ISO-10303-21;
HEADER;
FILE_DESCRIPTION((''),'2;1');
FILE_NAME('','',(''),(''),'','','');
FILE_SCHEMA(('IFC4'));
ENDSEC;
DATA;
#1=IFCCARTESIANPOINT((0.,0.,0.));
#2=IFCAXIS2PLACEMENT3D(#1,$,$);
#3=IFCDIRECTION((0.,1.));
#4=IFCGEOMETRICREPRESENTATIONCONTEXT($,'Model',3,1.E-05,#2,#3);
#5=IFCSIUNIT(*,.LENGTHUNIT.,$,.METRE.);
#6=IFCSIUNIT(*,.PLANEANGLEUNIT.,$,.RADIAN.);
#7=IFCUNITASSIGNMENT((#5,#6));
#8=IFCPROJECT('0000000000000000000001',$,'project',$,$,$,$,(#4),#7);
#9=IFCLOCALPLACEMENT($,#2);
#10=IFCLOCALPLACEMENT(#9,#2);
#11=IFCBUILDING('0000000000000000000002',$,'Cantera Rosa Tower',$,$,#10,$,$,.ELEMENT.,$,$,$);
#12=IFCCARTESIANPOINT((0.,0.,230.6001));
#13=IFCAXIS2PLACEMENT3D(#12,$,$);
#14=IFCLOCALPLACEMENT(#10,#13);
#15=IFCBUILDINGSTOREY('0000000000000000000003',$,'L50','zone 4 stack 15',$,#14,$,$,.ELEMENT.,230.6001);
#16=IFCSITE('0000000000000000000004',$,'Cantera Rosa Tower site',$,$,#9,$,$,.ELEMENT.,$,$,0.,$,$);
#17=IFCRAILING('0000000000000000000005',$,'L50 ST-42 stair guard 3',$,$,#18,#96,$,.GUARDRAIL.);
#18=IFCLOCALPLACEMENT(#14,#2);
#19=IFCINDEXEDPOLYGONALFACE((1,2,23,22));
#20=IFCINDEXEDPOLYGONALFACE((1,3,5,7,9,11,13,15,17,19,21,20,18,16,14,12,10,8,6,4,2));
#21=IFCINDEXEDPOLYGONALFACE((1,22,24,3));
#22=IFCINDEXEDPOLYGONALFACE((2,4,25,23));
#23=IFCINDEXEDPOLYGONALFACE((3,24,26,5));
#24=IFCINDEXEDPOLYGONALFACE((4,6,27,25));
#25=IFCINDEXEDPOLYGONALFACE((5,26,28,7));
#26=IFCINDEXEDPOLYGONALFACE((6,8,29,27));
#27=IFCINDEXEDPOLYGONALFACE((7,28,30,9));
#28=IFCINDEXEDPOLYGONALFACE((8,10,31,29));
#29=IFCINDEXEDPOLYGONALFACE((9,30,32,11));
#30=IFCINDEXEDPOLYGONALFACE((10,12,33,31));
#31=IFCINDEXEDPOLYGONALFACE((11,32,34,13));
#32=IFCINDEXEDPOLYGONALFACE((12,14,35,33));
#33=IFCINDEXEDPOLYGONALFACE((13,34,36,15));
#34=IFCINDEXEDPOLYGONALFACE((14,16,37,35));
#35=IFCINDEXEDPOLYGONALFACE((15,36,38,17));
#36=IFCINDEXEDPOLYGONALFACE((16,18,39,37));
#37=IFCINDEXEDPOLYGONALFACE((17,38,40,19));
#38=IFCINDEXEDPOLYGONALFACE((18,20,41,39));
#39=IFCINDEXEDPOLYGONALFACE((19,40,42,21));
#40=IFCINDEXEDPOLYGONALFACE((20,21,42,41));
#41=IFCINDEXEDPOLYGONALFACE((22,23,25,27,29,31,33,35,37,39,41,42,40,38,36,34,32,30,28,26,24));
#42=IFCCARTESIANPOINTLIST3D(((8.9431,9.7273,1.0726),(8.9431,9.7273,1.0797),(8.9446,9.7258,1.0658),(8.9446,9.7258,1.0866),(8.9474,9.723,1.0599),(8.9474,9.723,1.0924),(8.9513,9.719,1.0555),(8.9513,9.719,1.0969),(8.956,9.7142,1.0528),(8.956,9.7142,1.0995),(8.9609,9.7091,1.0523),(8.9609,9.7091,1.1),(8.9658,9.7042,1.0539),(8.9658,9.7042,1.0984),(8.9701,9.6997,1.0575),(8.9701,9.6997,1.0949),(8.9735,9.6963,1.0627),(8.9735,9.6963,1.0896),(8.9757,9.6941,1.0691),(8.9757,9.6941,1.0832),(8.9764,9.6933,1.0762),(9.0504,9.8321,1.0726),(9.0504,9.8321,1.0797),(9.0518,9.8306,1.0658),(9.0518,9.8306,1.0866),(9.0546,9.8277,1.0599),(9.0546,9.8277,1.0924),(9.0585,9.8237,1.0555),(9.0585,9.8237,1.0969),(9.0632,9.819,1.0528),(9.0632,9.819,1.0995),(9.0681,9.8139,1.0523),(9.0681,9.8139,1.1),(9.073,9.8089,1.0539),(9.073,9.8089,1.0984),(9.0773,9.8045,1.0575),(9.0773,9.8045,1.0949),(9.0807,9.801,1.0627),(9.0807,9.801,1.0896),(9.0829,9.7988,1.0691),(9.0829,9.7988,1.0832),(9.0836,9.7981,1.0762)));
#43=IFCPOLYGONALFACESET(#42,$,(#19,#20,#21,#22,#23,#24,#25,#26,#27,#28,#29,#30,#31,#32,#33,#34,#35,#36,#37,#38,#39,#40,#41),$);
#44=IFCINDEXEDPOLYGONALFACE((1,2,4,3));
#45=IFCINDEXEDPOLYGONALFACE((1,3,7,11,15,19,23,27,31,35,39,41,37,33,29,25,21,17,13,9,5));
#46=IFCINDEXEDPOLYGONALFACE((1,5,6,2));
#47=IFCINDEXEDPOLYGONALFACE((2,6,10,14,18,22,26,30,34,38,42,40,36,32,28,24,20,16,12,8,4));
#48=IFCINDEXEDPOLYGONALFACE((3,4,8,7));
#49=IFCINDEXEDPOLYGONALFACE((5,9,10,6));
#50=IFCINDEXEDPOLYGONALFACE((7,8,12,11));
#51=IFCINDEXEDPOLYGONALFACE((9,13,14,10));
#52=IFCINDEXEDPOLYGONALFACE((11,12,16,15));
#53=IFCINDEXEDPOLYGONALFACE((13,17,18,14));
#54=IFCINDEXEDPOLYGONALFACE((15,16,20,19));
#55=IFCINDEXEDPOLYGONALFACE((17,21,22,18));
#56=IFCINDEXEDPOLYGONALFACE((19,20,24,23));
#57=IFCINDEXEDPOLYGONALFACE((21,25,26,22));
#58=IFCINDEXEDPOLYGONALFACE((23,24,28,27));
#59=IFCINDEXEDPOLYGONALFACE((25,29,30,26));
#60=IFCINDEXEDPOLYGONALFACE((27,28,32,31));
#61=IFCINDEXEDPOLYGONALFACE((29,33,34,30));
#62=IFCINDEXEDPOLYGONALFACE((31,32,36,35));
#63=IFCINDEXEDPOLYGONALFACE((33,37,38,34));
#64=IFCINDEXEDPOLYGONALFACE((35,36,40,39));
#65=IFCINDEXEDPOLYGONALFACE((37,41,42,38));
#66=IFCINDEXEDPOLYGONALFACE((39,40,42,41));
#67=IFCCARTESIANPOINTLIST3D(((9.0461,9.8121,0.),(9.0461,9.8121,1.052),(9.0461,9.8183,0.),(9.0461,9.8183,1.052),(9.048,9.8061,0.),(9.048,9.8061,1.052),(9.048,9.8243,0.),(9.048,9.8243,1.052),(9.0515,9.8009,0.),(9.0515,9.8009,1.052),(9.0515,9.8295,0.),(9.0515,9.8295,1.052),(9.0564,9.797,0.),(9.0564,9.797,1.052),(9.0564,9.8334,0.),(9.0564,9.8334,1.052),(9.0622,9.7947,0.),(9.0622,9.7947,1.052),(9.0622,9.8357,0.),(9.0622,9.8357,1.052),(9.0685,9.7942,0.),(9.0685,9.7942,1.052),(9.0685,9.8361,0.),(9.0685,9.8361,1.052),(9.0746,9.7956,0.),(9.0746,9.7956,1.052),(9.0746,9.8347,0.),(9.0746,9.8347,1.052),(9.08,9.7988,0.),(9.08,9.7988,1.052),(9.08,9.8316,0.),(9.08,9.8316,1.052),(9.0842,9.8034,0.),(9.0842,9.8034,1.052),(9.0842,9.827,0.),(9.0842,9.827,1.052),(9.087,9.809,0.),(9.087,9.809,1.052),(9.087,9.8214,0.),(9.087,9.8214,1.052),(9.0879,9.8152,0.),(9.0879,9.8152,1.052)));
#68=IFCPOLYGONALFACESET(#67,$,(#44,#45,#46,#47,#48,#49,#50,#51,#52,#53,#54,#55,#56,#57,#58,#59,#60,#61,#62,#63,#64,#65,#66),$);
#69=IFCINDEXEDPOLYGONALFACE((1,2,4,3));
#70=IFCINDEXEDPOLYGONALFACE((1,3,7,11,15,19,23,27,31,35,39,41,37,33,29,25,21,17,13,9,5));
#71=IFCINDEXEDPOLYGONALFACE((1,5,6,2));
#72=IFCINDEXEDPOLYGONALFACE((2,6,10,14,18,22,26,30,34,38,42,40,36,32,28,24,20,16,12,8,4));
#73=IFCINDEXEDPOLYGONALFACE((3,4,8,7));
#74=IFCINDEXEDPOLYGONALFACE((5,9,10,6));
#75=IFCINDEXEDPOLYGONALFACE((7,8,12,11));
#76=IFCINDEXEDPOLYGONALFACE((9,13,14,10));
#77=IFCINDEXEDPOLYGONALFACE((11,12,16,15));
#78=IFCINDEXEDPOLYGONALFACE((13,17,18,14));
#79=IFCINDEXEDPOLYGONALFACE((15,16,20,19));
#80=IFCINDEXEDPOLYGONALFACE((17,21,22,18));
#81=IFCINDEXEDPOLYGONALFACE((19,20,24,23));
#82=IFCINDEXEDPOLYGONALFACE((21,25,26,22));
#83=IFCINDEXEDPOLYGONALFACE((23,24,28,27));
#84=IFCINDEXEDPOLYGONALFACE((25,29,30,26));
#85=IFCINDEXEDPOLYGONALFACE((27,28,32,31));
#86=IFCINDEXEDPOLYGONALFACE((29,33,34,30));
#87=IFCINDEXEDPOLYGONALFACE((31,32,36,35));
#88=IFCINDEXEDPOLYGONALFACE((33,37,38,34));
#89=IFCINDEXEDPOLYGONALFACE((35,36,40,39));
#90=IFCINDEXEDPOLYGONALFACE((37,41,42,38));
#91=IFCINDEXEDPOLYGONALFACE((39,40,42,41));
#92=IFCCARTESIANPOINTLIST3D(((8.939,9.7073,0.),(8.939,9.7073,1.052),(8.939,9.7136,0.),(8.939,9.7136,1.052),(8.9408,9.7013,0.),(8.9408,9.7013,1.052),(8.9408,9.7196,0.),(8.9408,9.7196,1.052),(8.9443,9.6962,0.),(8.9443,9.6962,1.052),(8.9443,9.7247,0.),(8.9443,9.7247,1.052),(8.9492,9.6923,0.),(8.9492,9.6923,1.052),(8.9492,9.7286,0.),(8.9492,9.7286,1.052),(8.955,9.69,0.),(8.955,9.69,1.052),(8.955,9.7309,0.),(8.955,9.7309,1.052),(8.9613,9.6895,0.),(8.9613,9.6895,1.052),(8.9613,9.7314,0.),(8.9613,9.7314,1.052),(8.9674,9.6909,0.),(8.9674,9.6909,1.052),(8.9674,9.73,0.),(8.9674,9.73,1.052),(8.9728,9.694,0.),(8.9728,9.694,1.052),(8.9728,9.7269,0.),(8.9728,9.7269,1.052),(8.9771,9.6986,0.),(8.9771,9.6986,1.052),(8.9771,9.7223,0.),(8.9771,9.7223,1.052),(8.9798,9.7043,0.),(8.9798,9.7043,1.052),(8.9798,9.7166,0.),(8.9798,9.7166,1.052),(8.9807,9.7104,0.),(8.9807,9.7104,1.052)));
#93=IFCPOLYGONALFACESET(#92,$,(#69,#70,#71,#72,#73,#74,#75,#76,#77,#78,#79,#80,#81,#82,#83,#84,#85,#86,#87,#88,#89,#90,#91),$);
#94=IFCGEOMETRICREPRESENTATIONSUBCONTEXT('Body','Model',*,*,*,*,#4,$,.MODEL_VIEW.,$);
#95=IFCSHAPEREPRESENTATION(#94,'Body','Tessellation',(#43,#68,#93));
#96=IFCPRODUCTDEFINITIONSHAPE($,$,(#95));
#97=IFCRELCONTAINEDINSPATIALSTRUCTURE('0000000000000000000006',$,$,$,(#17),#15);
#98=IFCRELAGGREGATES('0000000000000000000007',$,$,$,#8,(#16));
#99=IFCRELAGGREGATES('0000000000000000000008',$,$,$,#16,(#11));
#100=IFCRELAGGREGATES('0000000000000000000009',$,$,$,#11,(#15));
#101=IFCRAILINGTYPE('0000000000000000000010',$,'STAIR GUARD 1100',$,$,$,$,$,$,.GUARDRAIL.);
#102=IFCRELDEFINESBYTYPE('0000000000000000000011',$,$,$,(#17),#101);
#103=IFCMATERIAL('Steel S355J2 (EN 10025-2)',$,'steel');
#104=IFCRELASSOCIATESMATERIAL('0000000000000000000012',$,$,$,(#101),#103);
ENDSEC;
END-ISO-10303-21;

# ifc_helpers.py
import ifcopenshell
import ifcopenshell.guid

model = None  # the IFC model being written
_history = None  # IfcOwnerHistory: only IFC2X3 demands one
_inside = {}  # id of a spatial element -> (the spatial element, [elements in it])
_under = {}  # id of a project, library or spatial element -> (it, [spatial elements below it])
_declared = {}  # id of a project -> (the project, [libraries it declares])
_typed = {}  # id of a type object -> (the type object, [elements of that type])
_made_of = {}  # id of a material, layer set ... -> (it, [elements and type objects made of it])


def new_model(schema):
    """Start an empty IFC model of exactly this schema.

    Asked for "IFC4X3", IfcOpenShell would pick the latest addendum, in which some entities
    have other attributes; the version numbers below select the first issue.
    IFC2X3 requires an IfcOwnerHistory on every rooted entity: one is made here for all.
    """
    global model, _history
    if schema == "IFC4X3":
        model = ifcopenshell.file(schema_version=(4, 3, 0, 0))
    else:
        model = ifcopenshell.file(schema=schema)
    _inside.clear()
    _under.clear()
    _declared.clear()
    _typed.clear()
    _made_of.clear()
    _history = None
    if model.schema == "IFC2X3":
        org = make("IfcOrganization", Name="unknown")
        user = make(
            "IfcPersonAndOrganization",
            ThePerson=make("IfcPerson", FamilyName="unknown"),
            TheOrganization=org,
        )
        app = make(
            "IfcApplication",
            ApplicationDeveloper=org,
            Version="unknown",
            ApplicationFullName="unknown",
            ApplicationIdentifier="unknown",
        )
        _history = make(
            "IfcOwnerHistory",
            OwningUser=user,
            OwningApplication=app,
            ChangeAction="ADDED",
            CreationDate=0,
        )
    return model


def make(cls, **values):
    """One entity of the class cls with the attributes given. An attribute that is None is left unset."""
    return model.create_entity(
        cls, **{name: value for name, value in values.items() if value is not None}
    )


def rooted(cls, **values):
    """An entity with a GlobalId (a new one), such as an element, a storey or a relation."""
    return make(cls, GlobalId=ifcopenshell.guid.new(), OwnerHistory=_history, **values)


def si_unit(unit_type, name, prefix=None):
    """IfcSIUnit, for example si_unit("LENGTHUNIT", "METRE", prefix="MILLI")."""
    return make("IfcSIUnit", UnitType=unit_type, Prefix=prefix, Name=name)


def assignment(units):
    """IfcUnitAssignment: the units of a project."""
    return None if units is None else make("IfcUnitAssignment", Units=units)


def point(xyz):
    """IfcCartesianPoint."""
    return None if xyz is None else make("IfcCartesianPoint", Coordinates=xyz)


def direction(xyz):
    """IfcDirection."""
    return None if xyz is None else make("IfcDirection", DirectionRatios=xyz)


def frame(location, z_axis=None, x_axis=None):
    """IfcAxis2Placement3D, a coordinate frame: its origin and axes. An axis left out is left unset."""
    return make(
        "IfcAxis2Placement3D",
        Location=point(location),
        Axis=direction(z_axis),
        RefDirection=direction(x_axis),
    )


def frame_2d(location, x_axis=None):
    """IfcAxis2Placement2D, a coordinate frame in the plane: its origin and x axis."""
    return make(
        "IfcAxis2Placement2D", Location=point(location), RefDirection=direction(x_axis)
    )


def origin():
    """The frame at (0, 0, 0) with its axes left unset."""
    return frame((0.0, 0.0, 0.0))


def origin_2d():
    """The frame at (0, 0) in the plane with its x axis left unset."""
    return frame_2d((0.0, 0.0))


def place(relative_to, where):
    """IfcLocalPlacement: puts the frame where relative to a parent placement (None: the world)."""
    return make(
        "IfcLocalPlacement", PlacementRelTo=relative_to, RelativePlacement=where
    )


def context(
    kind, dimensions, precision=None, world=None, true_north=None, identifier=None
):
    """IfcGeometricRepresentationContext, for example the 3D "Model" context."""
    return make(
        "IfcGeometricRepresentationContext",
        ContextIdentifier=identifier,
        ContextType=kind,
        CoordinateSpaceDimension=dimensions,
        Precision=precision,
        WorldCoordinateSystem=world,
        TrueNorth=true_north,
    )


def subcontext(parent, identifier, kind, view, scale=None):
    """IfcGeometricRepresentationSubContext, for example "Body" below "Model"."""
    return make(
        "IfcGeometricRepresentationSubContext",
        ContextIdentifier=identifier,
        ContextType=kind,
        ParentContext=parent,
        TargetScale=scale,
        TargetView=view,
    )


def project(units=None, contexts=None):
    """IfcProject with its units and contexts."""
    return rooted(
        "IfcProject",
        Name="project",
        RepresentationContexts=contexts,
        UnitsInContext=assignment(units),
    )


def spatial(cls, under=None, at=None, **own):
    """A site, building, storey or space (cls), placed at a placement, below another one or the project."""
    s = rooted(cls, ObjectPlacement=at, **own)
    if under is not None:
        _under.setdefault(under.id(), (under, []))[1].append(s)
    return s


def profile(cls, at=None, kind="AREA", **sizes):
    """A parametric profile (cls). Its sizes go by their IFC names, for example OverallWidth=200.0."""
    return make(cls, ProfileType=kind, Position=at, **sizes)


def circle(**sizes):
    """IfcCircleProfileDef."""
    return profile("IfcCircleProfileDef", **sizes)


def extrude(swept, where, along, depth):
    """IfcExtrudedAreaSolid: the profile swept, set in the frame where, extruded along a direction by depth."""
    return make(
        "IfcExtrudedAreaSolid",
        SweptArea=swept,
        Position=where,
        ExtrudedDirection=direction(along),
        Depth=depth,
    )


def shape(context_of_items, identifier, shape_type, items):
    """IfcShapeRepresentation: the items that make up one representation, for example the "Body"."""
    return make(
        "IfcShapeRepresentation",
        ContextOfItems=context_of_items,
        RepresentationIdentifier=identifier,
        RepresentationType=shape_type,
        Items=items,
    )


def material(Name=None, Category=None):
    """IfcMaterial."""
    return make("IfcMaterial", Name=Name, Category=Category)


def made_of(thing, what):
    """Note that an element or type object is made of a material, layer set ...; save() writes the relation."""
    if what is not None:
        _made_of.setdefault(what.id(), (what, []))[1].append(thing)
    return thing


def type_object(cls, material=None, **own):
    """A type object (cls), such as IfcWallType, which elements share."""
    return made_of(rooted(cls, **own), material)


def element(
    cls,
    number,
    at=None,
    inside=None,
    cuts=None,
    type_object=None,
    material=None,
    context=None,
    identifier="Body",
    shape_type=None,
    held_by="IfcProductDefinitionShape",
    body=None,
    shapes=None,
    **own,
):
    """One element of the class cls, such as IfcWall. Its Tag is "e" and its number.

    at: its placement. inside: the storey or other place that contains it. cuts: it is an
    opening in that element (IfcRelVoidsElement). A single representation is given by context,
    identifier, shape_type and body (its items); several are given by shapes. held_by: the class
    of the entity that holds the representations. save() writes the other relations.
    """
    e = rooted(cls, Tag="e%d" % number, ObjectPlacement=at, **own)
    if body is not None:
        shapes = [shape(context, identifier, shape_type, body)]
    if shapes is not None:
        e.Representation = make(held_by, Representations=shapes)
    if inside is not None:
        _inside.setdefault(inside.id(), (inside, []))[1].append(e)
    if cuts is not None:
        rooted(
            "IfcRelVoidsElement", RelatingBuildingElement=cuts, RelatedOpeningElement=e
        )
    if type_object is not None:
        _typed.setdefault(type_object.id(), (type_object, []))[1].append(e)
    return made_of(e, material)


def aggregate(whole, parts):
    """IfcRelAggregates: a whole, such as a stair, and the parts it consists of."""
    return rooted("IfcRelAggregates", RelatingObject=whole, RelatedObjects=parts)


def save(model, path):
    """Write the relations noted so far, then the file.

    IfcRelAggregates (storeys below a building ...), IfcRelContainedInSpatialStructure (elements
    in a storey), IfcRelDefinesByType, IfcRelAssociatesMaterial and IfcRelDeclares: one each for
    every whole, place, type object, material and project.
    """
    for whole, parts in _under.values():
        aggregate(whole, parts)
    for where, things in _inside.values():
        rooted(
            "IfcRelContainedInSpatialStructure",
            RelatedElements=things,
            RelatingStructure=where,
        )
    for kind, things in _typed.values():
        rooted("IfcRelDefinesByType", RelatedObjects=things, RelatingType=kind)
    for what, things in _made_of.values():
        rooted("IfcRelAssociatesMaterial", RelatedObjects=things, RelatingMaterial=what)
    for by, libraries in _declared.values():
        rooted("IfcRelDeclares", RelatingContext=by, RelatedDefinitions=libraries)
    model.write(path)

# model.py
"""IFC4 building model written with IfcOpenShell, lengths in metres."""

from ifc_helpers import new_model, si_unit, direction, frame, origin, origin_2d, place, context, subcontext, project, spatial, circle, extrude, material, type_object, element, save


model = new_model("IFC4")

# Units and contexts
model_context = context("Model", 3, precision=1e-05, world=origin(), true_north=direction((0.0, 1.0)))
body_context = subcontext(model_context, "Body", "Model", "MODEL_VIEW")
ifc_project = project(units=[si_unit("LENGTHUNIT", "METRE"), si_unit("PLANEANGLEUNIT", "RADIAN")], contexts=[model_context])

# Site, building, storey
site_placement = place(None, origin())
site = spatial("IfcSite", under=ifc_project, at=site_placement, Name="Cantera Rosa Tower site", CompositionType="ELEMENT", RefElevation=0.0)
building_placement = place(site_placement, origin())
building = spatial("IfcBuilding", under=site, at=building_placement, Name="Cantera Rosa Tower", CompositionType="ELEMENT")
storey_placement = place(building_placement, frame((0.0, 0.0, 230.6001)))
storey = spatial("IfcBuildingStorey", under=building, at=storey_placement, Name="L50", Description="zone 4 stack 15", CompositionType="ELEMENT", Elevation=230.6001)

# Railing
ifc_material_1 = material(Name="Steel S355J2 (EN 10025-2)", Category="steel")
railing_type_1 = type_object("IfcRailingType", Name="STAIR GUARD 1100", PredefinedType="GUARDRAIL", material=ifc_material_1)
railing_1_placement = place(storey_placement, frame((9.0669, 9.8152, 0.0)))
element("IfcRailing", 1, at=railing_1_placement, inside=storey, type_object=railing_type_1, Name="L50 ST-42 stair guard 3", PredefinedType="GUARDRAIL", context=body_context, shape_type="SweptSolid", body=[
    extrude(circle(Radius=0.0239, at=origin_2d()), frame((0.0, 0.0, 1.0762), z_axis=(-0.715206, -0.698914, 0.0), x_axis=(0.698914, -0.715206, 0.0)), (0.0, 0.0, 1.0), 0.1499),
    extrude(circle(Radius=0.021, at=origin_2d()), origin(), (0.0, 0.0, 1.0), 1.052),
    extrude(circle(Radius=0.021, at=origin_2d()), frame((-0.1072, -0.1047, 0.0)), (0.0, 0.0, 1.0), 1.052),
])

save(model, "model.ifc")
